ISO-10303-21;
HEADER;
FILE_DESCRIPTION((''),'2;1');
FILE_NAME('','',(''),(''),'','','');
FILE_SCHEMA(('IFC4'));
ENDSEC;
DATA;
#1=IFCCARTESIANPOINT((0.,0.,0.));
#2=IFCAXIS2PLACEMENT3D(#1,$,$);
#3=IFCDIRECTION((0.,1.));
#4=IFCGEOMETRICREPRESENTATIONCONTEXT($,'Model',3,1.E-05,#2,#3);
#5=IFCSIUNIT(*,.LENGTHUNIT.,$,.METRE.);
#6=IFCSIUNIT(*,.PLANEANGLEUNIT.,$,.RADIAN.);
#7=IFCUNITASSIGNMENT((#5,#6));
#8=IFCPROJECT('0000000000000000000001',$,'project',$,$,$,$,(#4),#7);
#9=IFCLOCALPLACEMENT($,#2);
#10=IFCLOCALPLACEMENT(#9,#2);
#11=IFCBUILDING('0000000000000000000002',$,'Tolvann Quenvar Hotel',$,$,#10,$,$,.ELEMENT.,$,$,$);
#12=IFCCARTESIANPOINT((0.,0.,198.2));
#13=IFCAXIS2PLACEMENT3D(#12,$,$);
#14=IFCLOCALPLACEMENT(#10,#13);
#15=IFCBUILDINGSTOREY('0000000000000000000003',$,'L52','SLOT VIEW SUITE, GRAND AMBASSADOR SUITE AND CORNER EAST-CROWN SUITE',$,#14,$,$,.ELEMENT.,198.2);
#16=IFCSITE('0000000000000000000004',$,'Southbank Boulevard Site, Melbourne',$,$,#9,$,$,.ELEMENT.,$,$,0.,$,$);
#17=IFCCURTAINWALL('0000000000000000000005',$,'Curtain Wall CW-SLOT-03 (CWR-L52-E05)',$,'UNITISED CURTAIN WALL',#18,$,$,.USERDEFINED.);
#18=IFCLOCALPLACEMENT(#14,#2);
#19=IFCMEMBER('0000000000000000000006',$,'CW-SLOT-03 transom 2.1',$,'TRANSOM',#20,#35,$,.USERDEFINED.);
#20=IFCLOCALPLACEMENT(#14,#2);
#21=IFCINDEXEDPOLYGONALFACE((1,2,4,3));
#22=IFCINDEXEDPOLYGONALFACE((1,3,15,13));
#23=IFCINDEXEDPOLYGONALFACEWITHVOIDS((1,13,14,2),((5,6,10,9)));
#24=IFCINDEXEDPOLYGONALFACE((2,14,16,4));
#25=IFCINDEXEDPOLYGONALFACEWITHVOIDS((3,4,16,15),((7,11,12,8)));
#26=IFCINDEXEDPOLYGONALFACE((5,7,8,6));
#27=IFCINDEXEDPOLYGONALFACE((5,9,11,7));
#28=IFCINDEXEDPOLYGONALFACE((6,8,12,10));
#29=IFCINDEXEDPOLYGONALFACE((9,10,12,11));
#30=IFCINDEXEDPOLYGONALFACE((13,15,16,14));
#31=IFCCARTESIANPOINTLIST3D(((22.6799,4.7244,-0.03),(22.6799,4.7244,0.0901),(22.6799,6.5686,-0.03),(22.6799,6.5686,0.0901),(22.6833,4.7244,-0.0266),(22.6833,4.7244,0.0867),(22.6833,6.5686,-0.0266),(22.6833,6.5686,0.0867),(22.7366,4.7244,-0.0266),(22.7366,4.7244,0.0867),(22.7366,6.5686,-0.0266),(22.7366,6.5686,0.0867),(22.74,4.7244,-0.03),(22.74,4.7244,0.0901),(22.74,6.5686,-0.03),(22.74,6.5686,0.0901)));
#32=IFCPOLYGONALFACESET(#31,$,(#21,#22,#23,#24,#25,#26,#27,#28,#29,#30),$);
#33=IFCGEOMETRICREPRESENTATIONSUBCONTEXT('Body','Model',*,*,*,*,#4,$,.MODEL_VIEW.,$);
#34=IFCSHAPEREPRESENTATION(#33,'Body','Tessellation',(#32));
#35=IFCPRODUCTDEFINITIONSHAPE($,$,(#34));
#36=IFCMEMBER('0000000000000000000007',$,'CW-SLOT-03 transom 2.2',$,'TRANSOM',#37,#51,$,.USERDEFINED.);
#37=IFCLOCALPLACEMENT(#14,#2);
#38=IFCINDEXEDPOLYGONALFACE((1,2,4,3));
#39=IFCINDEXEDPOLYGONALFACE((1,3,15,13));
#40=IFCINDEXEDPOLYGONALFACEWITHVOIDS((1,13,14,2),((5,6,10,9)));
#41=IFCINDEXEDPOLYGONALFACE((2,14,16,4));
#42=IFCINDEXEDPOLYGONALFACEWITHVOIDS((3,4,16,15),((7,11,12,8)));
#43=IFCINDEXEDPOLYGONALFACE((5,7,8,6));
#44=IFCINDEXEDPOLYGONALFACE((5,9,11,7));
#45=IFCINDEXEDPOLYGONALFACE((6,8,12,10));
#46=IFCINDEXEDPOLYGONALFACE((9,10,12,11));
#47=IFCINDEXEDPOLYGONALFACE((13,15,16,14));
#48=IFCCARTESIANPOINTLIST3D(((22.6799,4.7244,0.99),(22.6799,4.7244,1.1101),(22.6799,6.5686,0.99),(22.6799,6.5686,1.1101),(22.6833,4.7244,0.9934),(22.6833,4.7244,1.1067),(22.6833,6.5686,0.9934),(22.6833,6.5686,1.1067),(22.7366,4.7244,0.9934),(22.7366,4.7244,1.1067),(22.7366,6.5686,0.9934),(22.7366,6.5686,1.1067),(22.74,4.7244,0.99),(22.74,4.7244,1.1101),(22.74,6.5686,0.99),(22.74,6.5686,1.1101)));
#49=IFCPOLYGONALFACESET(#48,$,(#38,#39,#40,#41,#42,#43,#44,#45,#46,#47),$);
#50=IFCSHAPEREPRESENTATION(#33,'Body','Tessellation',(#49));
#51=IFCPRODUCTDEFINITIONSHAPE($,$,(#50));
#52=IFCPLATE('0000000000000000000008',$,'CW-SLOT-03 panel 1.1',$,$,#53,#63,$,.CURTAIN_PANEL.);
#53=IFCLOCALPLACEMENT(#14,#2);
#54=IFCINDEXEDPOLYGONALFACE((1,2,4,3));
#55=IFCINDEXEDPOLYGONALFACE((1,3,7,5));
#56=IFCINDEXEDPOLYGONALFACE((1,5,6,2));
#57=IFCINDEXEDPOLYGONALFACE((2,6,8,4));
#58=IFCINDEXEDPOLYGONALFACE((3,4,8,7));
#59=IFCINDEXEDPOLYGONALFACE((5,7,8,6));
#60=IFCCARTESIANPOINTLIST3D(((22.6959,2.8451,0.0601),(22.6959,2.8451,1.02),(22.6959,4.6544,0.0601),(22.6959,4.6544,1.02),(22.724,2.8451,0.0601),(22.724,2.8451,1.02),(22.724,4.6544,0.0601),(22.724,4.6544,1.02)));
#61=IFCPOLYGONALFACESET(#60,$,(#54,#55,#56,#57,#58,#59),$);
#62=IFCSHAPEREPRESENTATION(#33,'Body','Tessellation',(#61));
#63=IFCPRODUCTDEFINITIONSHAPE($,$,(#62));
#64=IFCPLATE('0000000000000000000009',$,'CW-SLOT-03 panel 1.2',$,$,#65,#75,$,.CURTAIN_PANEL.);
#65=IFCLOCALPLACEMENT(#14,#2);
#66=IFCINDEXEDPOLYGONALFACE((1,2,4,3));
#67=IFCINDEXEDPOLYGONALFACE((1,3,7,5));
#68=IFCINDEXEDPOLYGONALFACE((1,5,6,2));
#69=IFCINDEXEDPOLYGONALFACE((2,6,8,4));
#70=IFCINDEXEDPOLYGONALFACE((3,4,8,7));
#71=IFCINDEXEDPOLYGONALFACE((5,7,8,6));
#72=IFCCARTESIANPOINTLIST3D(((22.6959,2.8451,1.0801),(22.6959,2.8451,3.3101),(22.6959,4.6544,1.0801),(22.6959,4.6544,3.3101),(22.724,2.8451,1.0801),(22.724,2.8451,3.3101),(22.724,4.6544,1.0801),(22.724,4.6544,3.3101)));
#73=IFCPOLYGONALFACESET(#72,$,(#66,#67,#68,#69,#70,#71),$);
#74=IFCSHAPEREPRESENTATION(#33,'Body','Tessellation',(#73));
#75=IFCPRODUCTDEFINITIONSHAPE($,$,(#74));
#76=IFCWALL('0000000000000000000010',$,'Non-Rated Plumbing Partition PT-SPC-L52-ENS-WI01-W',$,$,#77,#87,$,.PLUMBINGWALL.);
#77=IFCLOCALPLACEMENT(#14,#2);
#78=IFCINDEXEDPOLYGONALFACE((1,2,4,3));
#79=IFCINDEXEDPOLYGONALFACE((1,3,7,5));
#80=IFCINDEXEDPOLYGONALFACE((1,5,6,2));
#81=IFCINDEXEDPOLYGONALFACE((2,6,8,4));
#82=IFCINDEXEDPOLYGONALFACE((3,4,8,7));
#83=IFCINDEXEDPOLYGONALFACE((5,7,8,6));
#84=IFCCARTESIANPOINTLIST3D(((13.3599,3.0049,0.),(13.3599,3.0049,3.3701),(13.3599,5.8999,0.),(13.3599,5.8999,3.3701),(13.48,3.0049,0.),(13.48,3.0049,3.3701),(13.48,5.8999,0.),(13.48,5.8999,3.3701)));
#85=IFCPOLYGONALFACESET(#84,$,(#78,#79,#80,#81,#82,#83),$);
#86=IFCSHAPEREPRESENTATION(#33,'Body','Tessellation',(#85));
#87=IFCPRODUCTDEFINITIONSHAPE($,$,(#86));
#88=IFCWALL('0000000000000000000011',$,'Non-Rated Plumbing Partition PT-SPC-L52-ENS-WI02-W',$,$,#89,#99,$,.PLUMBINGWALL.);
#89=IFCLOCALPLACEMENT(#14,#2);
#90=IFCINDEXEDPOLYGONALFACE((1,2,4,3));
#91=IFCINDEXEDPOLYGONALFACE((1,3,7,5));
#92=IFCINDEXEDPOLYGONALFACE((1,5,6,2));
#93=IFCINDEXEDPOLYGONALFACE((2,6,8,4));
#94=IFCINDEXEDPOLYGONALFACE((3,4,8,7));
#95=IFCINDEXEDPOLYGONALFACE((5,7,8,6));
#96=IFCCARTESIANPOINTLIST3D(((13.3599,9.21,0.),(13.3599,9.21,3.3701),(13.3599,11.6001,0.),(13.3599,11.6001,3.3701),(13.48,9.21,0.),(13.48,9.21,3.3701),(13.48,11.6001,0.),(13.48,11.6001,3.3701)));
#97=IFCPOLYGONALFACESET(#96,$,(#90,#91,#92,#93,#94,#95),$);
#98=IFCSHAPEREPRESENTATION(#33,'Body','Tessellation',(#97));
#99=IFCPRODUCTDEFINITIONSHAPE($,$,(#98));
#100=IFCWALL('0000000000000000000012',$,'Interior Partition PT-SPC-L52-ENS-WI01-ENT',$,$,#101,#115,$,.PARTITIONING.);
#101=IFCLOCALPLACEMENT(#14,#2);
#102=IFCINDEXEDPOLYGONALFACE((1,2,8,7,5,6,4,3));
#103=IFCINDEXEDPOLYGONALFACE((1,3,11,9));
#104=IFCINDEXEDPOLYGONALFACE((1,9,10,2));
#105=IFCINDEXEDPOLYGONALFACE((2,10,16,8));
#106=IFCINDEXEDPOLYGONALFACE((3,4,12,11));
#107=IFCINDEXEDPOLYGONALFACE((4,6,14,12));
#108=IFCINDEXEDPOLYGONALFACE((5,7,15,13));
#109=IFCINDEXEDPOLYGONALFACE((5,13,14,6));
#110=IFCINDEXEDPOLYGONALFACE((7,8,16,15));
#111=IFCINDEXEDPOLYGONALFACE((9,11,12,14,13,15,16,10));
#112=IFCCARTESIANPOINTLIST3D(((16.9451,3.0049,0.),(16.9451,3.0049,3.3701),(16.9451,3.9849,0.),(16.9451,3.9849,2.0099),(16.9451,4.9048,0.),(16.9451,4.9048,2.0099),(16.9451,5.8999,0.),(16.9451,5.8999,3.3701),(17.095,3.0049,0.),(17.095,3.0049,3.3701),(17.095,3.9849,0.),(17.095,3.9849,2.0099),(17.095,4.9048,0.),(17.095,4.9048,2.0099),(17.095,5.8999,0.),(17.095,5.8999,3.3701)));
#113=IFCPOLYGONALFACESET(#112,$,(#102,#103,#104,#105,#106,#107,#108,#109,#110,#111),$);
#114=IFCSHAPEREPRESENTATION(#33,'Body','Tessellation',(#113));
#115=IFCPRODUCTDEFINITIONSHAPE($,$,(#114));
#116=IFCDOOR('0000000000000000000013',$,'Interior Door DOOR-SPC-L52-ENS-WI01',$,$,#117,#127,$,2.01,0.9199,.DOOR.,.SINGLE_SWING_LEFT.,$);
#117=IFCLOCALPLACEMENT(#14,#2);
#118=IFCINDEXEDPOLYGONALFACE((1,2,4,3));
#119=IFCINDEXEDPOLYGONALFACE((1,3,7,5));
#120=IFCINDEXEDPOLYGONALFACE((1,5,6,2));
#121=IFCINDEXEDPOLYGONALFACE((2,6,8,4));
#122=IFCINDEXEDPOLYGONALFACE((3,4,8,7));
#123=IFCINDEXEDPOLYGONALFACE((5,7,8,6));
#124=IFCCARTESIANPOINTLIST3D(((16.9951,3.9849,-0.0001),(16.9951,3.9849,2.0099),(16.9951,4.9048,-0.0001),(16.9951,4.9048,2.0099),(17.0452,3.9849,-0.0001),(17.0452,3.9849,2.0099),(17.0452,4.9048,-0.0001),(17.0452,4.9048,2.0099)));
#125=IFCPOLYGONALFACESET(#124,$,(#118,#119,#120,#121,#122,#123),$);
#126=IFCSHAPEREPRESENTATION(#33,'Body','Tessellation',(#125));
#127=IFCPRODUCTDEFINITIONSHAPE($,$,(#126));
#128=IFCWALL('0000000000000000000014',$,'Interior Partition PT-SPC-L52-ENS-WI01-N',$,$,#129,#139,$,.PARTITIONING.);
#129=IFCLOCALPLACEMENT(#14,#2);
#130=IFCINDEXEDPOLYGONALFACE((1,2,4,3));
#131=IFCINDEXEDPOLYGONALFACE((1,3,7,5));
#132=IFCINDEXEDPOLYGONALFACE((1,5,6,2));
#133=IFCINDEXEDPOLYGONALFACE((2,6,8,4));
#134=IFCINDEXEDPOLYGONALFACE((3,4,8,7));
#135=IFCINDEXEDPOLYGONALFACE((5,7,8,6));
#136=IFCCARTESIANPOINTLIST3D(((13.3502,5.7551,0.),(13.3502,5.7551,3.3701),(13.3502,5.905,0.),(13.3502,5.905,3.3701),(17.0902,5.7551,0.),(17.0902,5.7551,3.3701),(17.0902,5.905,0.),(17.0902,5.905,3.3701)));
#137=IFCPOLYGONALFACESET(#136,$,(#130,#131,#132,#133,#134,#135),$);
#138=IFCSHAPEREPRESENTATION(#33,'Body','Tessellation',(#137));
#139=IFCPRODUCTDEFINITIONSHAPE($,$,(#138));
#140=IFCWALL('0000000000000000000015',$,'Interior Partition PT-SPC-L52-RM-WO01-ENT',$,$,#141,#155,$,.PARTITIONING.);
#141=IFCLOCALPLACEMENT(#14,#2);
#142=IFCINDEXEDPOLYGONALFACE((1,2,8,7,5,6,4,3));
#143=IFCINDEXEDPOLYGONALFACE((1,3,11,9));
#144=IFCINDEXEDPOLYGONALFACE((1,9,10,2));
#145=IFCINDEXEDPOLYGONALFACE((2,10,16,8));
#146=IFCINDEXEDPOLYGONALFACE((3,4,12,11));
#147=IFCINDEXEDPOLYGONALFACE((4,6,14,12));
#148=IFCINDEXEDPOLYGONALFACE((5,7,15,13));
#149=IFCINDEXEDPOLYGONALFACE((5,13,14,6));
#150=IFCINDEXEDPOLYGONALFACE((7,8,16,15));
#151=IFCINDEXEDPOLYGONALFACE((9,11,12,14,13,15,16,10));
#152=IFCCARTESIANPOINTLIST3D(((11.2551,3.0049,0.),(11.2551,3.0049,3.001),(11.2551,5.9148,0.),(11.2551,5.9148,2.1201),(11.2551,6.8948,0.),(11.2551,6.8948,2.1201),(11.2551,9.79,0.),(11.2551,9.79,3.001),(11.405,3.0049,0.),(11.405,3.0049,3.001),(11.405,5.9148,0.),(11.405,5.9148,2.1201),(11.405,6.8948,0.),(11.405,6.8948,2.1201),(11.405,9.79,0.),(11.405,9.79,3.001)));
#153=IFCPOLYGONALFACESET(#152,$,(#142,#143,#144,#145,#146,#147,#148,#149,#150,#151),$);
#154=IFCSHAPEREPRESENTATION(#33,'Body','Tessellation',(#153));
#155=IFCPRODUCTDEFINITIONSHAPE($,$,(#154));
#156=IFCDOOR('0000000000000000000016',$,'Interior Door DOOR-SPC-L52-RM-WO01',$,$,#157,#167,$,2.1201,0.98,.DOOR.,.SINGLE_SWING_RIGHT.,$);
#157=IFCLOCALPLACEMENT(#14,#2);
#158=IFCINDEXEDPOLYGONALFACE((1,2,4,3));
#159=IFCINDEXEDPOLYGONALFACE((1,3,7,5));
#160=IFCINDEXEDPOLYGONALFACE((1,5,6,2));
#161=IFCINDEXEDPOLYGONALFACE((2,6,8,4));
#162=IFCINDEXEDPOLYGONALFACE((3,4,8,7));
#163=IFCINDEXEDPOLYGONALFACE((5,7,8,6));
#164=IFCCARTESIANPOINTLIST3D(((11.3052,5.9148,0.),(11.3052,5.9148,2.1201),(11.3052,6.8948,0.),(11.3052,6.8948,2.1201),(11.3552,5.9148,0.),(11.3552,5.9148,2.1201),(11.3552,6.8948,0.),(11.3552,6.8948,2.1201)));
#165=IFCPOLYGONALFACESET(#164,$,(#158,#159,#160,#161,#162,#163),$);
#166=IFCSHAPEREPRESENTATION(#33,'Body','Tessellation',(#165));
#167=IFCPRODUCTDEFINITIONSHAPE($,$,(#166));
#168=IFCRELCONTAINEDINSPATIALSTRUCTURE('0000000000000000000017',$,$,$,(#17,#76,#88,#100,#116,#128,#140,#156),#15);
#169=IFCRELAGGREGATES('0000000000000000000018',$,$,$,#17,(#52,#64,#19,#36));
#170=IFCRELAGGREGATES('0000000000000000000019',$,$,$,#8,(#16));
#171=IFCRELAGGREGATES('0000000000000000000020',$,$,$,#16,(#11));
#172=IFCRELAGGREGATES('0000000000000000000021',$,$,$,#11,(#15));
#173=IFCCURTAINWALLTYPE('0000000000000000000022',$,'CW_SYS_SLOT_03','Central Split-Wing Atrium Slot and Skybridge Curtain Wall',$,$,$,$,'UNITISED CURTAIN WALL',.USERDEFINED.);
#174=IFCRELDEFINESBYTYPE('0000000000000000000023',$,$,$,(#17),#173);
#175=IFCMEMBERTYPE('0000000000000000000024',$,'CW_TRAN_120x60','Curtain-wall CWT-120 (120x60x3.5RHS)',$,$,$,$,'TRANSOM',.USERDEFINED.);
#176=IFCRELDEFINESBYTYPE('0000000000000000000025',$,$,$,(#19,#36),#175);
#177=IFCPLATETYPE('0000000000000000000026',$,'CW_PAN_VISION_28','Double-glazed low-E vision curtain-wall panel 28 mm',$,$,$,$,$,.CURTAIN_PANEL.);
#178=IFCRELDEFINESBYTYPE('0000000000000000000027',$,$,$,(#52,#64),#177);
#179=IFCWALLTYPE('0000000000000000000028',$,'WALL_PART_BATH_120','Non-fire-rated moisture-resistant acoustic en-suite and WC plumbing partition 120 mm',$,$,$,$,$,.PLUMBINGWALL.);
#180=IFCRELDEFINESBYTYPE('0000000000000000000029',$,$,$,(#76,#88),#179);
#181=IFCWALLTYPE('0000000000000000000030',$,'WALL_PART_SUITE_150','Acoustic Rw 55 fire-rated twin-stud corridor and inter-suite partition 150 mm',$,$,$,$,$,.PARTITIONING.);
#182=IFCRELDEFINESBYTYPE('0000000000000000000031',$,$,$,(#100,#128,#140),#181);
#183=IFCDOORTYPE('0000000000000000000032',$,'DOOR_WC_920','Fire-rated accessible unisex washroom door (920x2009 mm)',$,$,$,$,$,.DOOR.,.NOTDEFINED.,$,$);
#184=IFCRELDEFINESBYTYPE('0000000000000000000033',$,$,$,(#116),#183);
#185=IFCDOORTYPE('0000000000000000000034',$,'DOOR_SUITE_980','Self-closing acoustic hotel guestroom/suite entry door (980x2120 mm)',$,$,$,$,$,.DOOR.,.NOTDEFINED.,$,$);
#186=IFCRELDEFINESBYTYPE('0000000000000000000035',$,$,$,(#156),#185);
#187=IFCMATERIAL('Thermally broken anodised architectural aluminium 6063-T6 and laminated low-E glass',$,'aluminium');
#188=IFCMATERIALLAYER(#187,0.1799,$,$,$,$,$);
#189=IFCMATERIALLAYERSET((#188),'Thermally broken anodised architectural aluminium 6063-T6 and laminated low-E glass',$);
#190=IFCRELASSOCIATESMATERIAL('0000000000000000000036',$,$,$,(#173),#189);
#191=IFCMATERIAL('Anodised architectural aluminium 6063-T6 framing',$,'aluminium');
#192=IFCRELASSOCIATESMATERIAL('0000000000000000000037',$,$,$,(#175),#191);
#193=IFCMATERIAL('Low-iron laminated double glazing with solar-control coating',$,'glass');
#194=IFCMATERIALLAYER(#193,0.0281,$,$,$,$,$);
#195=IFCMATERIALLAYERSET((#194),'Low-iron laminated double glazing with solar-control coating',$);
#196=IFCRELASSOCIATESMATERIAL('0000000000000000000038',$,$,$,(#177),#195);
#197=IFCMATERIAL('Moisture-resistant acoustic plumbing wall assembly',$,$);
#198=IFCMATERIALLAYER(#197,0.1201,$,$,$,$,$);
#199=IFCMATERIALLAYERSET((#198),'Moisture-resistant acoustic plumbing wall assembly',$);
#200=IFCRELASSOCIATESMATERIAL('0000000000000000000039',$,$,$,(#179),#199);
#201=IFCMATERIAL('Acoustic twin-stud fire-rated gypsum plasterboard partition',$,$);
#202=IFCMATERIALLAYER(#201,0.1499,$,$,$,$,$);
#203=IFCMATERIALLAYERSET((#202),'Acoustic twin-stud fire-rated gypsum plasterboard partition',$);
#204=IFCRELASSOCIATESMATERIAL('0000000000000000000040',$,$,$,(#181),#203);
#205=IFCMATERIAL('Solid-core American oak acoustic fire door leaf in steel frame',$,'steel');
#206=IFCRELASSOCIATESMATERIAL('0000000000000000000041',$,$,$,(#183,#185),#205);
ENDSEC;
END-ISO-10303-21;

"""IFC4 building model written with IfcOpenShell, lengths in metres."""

from ifc_helpers import new_model, si_unit, direction, frame, frame_2d, origin, origin_2d, place, context, subcontext, project, spatial, rectangle, hollow_rectangle, extrude, source, transform, mapped, material, layer, layer_set, material_profile, profile_set, type_object, type_shapes, element, fill, aggregate, save


model = new_model("IFC4")

# Units and contexts
model_context = context("Model", 3, precision=1e-05, world=origin(), true_north=direction((0.0, 1.0)))
body_context = subcontext(model_context, "Body", "Model", "MODEL_VIEW")
ifc_project = project(units=[si_unit("LENGTHUNIT", "METRE"), si_unit("PLANEANGLEUNIT", "RADIAN")], contexts=[model_context])

# Site, building, storey
site_placement = place(None, origin())
site = spatial("IfcSite", under=ifc_project, at=site_placement, Name="Southbank Boulevard Site, Melbourne", CompositionType="ELEMENT", RefElevation=0.0)
building_placement = place(site_placement, origin())
building = spatial("IfcBuilding", under=site, at=building_placement, Name="Tolvann Quenvar Hotel", CompositionType="ELEMENT")
storey_placement = place(building_placement, frame((0.0, 0.0, 198.2)))
storey = spatial("IfcBuildingStorey", under=building, at=storey_placement, Name="L52", Description="SLOT VIEW SUITE, GRAND AMBASSADOR SUITE AND CORNER EAST-CROWN SUITE", CompositionType="ELEMENT", Elevation=198.2)

# Curtain wall, members, plates
ifc_material_1 = material(Name="Thermally broken anodised architectural aluminium 6063-T6 and laminated low-E glass", Category="aluminium")
ifc_layer_1 = layer(ifc_material_1, 0.1799)
ifc_layer_set_1 = layer_set([ifc_layer_1], Name="Thermally broken anodised architectural aluminium 6063-T6 and laminated low-E glass")
curtain_wall_type = type_object("IfcCurtainWallType", Name="CW_SYS_SLOT_03", Description="Central Split-Wing Atrium Slot and Skybridge Curtain Wall", ElementType="UNITISED CURTAIN WALL", PredefinedType="USERDEFINED", material=ifc_layer_set_1)
curtain_wall_placement = place(storey_placement, origin())
curtain_wall = element("IfcCurtainWall", 1, at=curtain_wall_placement, inside=storey, type_object=curtain_wall_type, Name="Curtain Wall CW-SLOT-03 (CWR-L52-E05)", ObjectType="UNITISED CURTAIN WALL", PredefinedType="USERDEFINED")
ifc_material_2 = material(Name="Anodised architectural aluminium 6063-T6 framing", Category="aluminium")
ifc_material_profile_1 = material_profile(ifc_material_2, hollow_rectangle(XDim=0.0601, YDim=0.1201, WallThickness=0.0034, at=origin_2d()), Name="120x60x3.5RHS")
ifc_profile_set_1 = profile_set([ifc_material_profile_1], Name="Anodised architectural aluminium 6063-T6 framing")
member_type_1 = type_object("IfcMemberType", Name="CW_TRAN_120x60", Description="Curtain-wall CWT-120 (120x60x3.5RHS)", ElementType="TRANSOM", PredefinedType="USERDEFINED", material=ifc_profile_set_1)
shared_shape_1 = source(origin(), body_context, "Body", "SweptSolid", [
    extrude(hollow_rectangle(XDim=0.0601, YDim=0.1201, WallThickness=0.0034, at=origin_2d()), origin(), (0.0, 0.0, 1.0), 1.8442),
])
member_1_placement = place(storey_placement, frame((22.71, 4.7244, 0.03), z_axis=(0.0, 1.0, 0.0), x_axis=(-1.0, 0.0, 0.0)))
member_1 = element("IfcMember", 2, at=member_1_placement, type_object=member_type_1, Name="CW-SLOT-03 transom 2.1", ObjectType="TRANSOM", PredefinedType="USERDEFINED", context=body_context, shape_type="MappedRepresentation", body=[
    mapped(shared_shape_1, transform((0.0, 0.0, 0.0), x_axis=(1.0, 0.0, 0.0), y_axis=(0.0, 1.0, 0.0), z_axis=(0.0, 0.0, 1.0), scale=1.0)),
])
member_2_placement = place(storey_placement, frame((22.71, 4.7244, 1.05), z_axis=(0.0, 1.0, 0.0), x_axis=(-1.0, 0.0, 0.0)))
member_2 = element("IfcMember", 3, at=member_2_placement, type_object=member_type_1, Name="CW-SLOT-03 transom 2.2", ObjectType="TRANSOM", PredefinedType="USERDEFINED", context=body_context, shape_type="MappedRepresentation", body=[
    mapped(shared_shape_1, transform((0.0, 0.0, 0.0), x_axis=(1.0, 0.0, 0.0), y_axis=(0.0, 1.0, 0.0), z_axis=(0.0, 0.0, 1.0), scale=1.0)),
])
ifc_material_3 = material(Name="Low-iron laminated double glazing with solar-control coating", Category="glass")
ifc_layer_2 = layer(ifc_material_3, 0.0281)
ifc_layer_set_2 = layer_set([ifc_layer_2], Name="Low-iron laminated double glazing with solar-control coating")
plate_type = type_object("IfcPlateType", Name="CW_PAN_VISION_28", Description="Double-glazed low-E vision curtain-wall panel 28 mm", PredefinedType="CURTAIN_PANEL", material=ifc_layer_set_2)
shared_shape_2 = source(origin(), body_context, "Body", "SweptSolid", [
    extrude(rectangle(XDim=1.8093, YDim=0.0281, at=origin_2d()), origin(), (0.0, 0.0, 1.0), 0.96),
])
plate_1_placement = place(storey_placement, frame((22.71, 3.7498, 0.0601), z_axis=(0.0, 0.0, 1.0), x_axis=(0.0, 1.0, 0.0)))
plate_1 = element("IfcPlate", 4, at=plate_1_placement, type_object=plate_type, Name="CW-SLOT-03 panel 1.1", PredefinedType="CURTAIN_PANEL", context=body_context, shape_type="MappedRepresentation", body=[
    mapped(shared_shape_2, transform((0.0, 0.0, 0.0), x_axis=(1.0, 0.0, 0.0), y_axis=(0.0, 1.0, 0.0), z_axis=(0.0, 0.0, 1.0), scale=1.0)),
])
shared_shape_3 = source(origin(), body_context, "Body", "SweptSolid", [
    extrude(rectangle(XDim=1.8093, YDim=0.0281, at=origin_2d()), origin(), (0.0, 0.0, 1.0), 2.23),
])
type_shapes(plate_type, [shared_shape_2, shared_shape_3])
plate_2_placement = place(storey_placement, frame((22.71, 3.7498, 1.0801), z_axis=(0.0, 0.0, 1.0), x_axis=(0.0, 1.0, 0.0)))
plate_2 = element("IfcPlate", 5, at=plate_2_placement, type_object=plate_type, Name="CW-SLOT-03 panel 1.2", PredefinedType="CURTAIN_PANEL", context=body_context, shape_type="MappedRepresentation", body=[
    mapped(shared_shape_3, transform((0.0, 0.0, 0.0), x_axis=(1.0, 0.0, 0.0), y_axis=(0.0, 1.0, 0.0), z_axis=(0.0, 0.0, 1.0), scale=1.0)),
])
aggregate(curtain_wall, [plate_1, plate_2, member_1, member_2])

# Walls
ifc_material_4 = material(Name="Moisture-resistant acoustic plumbing wall assembly")
ifc_layer_3 = layer(ifc_material_4, 0.1201)
ifc_layer_set_3 = layer_set([ifc_layer_3], Name="Moisture-resistant acoustic plumbing wall assembly")
wall_type_1 = type_object("IfcWallType", Name="WALL_PART_BATH_120", Description="Non-fire-rated moisture-resistant acoustic en-suite and WC plumbing partition 120 mm", PredefinedType="PLUMBINGWALL", material=ifc_layer_set_3)
wall_1_placement = place(storey_placement, frame((13.4199, 3.0049, 0.0), z_axis=(0.0, 0.0, 1.0), x_axis=(0.0, 1.0, 0.0)))
element("IfcWall", 6, at=wall_1_placement, inside=storey, type_object=wall_type_1, Name="Non-Rated Plumbing Partition PT-SPC-L52-ENS-WI01-W", PredefinedType="PLUMBINGWALL", context=body_context, shape_type="SweptSolid", body=[
    extrude(rectangle(XDim=2.895, YDim=0.1201, at=frame_2d((1.4475, 0.0))), origin(), (0.0, 0.0, 1.0), 3.3701),
])
wall_2_placement = place(storey_placement, frame((13.4199, 9.21, 0.0), z_axis=(0.0, 0.0, 1.0), x_axis=(0.0, 1.0, 0.0)))
element("IfcWall", 7, at=wall_2_placement, inside=storey, type_object=wall_type_1, Name="Non-Rated Plumbing Partition PT-SPC-L52-ENS-WI02-W", PredefinedType="PLUMBINGWALL", context=body_context, shape_type="SweptSolid", body=[
    extrude(rectangle(XDim=2.3901, YDim=0.1201, at=frame_2d((1.1951, 0.0))), origin(), (0.0, 0.0, 1.0), 3.3701),
])

# Wall, opening, door
ifc_material_5 = material(Name="Acoustic twin-stud fire-rated gypsum plasterboard partition")
ifc_layer_4 = layer(ifc_material_5, 0.1499)
ifc_layer_set_4 = layer_set([ifc_layer_4], Name="Acoustic twin-stud fire-rated gypsum plasterboard partition")
wall_type_2 = type_object("IfcWallType", Name="WALL_PART_SUITE_150", Description="Acoustic Rw 55 fire-rated twin-stud corridor and inter-suite partition 150 mm", PredefinedType="PARTITIONING", material=ifc_layer_set_4)
wall_3_placement = place(storey_placement, frame((17.02, 3.0049, 0.0), z_axis=(0.0, 0.0, 1.0), x_axis=(0.0, 1.0, 0.0)))
wall_3 = element("IfcWall", 8, at=wall_3_placement, inside=storey, type_object=wall_type_2, Name="Interior Partition PT-SPC-L52-ENS-WI01-ENT", PredefinedType="PARTITIONING", context=body_context, shape_type="SweptSolid", body=[
    extrude(rectangle(XDim=2.895, YDim=0.1499, at=frame_2d((1.4475, 0.0))), origin(), (0.0, 0.0, 1.0), 3.3701),
])
opening_1_placement = place(wall_3_placement, frame((0.98, 0.0, 0.0)))
opening_1 = element("IfcOpeningElement", 9, at=opening_1_placement, cuts=wall_3, PredefinedType="OPENING", context=body_context, shape_type="SweptSolid", body=[
    extrude(rectangle(XDim=0.9199, YDim=2.01, at=frame_2d((0.46, 1.0049))), frame((0.0, 0.085, 0.0), z_axis=(0.0, -1.0, 0.0), x_axis=(1.0, 0.0, 0.0)), (0.0, 0.0, 1.0), 0.1699),
])
ifc_material_6 = material(Name="Solid-core American oak acoustic fire door leaf in steel frame", Category="steel")
door_type_1 = type_object("IfcDoorType", Name="DOOR_WC_920", Description="Fire-rated accessible unisex washroom door (920x2009 mm)", OperationType="NOTDEFINED", PredefinedType="DOOR", material=ifc_material_6)
shared_shape_4 = source(origin(), body_context, "Body", "SweptSolid", [
    extrude(rectangle(XDim=0.9199, YDim=2.01, at=frame_2d((0.46, 1.0049))), frame((0.0, 0.0249, 0.0), z_axis=(0.0, -1.0, 0.0), x_axis=(1.0, 0.0, 0.0)), (0.0, 0.0, 1.0), 0.05),
])
type_shapes(door_type_1, [shared_shape_4])
door_1_placement = place(opening_1_placement, origin())
door_1 = element("IfcDoor", 10, at=door_1_placement, inside=storey, type_object=door_type_1, Name="Interior Door DOOR-SPC-L52-ENS-WI01", OperationType="SINGLE_SWING_LEFT", OverallHeight=2.01, OverallWidth=0.9199, PredefinedType="DOOR", context=body_context, shape_type="MappedRepresentation", body=[
    mapped(shared_shape_4, transform((0.0, 0.0, 0.0), x_axis=(1.0, 0.0, 0.0), y_axis=(0.0, 1.0, 0.0), z_axis=(0.0, 0.0, 1.0), scale=1.0)),
])
fill(opening_1, door_1)

# Wall
wall_4_placement = place(storey_placement, frame((13.3501, 5.8301, 0.0), z_axis=(0.0, 0.0, 1.0), x_axis=(1.0, 0.0, 0.0)))
element("IfcWall", 11, at=wall_4_placement, inside=storey, type_object=wall_type_2, Name="Interior Partition PT-SPC-L52-ENS-WI01-N", PredefinedType="PARTITIONING", context=body_context, shape_type="SweptSolid", body=[
    extrude(rectangle(XDim=3.74, YDim=0.1499, at=frame_2d((1.8701, 0.0))), origin(), (0.0, 0.0, 1.0), 3.3701),
])

# Wall, opening, door
wall_5_placement = place(storey_placement, frame((11.3301, 3.0049, 0.0), z_axis=(0.0, 0.0, 1.0), x_axis=(0.0, 1.0, 0.0)))
wall_5 = element("IfcWall", 12, at=wall_5_placement, inside=storey, type_object=wall_type_2, Name="Interior Partition PT-SPC-L52-RM-WO01-ENT", PredefinedType="PARTITIONING", context=body_context, shape_type="SweptSolid", body=[
    extrude(rectangle(XDim=6.7852, YDim=0.1499, at=frame_2d((3.3926, 0.0))), origin(), (0.0, 0.0, 1.0), 3.001),
])
opening_2_placement = place(wall_5_placement, frame((2.9099, 0.0, 0.0)))
opening_2 = element("IfcOpeningElement", 13, at=opening_2_placement, cuts=wall_5, PredefinedType="OPENING", context=body_context, shape_type="SweptSolid", body=[
    extrude(rectangle(XDim=0.98, YDim=2.1201, at=frame_2d((0.49, 1.0601))), frame((0.0, 0.085, 0.0), z_axis=(0.0, -1.0, 0.0), x_axis=(1.0, 0.0, 0.0)), (0.0, 0.0, 1.0), 0.1699),
])
door_type_2 = type_object("IfcDoorType", Name="DOOR_SUITE_980", Description="Self-closing acoustic hotel guestroom/suite entry door (980x2120 mm)", OperationType="NOTDEFINED", PredefinedType="DOOR", material=ifc_material_6)
shared_shape_5 = source(origin(), body_context, "Body", "SweptSolid", [
    extrude(rectangle(XDim=0.98, YDim=2.1201, at=frame_2d((0.49, 1.0601))), frame((0.0, 0.0249, 0.0), z_axis=(0.0, -1.0, 0.0), x_axis=(1.0, 0.0, 0.0)), (0.0, 0.0, 1.0), 0.05),
])
type_shapes(door_type_2, [shared_shape_5])
door_2_placement = place(opening_2_placement, origin())
door_2 = element("IfcDoor", 14, at=door_2_placement, inside=storey, type_object=door_type_2, Name="Interior Door DOOR-SPC-L52-RM-WO01", OperationType="SINGLE_SWING_RIGHT", OverallHeight=2.1201, OverallWidth=0.98, PredefinedType="DOOR", context=body_context, shape_type="MappedRepresentation", body=[
    mapped(shared_shape_5, transform((0.0, 0.0, 0.0), x_axis=(1.0, 0.0, 0.0), y_axis=(0.0, 1.0, 0.0), z_axis=(0.0, 0.0, 1.0), scale=1.0)),
])
fill(opening_2, door_2)

save(model, "model.ifc")
